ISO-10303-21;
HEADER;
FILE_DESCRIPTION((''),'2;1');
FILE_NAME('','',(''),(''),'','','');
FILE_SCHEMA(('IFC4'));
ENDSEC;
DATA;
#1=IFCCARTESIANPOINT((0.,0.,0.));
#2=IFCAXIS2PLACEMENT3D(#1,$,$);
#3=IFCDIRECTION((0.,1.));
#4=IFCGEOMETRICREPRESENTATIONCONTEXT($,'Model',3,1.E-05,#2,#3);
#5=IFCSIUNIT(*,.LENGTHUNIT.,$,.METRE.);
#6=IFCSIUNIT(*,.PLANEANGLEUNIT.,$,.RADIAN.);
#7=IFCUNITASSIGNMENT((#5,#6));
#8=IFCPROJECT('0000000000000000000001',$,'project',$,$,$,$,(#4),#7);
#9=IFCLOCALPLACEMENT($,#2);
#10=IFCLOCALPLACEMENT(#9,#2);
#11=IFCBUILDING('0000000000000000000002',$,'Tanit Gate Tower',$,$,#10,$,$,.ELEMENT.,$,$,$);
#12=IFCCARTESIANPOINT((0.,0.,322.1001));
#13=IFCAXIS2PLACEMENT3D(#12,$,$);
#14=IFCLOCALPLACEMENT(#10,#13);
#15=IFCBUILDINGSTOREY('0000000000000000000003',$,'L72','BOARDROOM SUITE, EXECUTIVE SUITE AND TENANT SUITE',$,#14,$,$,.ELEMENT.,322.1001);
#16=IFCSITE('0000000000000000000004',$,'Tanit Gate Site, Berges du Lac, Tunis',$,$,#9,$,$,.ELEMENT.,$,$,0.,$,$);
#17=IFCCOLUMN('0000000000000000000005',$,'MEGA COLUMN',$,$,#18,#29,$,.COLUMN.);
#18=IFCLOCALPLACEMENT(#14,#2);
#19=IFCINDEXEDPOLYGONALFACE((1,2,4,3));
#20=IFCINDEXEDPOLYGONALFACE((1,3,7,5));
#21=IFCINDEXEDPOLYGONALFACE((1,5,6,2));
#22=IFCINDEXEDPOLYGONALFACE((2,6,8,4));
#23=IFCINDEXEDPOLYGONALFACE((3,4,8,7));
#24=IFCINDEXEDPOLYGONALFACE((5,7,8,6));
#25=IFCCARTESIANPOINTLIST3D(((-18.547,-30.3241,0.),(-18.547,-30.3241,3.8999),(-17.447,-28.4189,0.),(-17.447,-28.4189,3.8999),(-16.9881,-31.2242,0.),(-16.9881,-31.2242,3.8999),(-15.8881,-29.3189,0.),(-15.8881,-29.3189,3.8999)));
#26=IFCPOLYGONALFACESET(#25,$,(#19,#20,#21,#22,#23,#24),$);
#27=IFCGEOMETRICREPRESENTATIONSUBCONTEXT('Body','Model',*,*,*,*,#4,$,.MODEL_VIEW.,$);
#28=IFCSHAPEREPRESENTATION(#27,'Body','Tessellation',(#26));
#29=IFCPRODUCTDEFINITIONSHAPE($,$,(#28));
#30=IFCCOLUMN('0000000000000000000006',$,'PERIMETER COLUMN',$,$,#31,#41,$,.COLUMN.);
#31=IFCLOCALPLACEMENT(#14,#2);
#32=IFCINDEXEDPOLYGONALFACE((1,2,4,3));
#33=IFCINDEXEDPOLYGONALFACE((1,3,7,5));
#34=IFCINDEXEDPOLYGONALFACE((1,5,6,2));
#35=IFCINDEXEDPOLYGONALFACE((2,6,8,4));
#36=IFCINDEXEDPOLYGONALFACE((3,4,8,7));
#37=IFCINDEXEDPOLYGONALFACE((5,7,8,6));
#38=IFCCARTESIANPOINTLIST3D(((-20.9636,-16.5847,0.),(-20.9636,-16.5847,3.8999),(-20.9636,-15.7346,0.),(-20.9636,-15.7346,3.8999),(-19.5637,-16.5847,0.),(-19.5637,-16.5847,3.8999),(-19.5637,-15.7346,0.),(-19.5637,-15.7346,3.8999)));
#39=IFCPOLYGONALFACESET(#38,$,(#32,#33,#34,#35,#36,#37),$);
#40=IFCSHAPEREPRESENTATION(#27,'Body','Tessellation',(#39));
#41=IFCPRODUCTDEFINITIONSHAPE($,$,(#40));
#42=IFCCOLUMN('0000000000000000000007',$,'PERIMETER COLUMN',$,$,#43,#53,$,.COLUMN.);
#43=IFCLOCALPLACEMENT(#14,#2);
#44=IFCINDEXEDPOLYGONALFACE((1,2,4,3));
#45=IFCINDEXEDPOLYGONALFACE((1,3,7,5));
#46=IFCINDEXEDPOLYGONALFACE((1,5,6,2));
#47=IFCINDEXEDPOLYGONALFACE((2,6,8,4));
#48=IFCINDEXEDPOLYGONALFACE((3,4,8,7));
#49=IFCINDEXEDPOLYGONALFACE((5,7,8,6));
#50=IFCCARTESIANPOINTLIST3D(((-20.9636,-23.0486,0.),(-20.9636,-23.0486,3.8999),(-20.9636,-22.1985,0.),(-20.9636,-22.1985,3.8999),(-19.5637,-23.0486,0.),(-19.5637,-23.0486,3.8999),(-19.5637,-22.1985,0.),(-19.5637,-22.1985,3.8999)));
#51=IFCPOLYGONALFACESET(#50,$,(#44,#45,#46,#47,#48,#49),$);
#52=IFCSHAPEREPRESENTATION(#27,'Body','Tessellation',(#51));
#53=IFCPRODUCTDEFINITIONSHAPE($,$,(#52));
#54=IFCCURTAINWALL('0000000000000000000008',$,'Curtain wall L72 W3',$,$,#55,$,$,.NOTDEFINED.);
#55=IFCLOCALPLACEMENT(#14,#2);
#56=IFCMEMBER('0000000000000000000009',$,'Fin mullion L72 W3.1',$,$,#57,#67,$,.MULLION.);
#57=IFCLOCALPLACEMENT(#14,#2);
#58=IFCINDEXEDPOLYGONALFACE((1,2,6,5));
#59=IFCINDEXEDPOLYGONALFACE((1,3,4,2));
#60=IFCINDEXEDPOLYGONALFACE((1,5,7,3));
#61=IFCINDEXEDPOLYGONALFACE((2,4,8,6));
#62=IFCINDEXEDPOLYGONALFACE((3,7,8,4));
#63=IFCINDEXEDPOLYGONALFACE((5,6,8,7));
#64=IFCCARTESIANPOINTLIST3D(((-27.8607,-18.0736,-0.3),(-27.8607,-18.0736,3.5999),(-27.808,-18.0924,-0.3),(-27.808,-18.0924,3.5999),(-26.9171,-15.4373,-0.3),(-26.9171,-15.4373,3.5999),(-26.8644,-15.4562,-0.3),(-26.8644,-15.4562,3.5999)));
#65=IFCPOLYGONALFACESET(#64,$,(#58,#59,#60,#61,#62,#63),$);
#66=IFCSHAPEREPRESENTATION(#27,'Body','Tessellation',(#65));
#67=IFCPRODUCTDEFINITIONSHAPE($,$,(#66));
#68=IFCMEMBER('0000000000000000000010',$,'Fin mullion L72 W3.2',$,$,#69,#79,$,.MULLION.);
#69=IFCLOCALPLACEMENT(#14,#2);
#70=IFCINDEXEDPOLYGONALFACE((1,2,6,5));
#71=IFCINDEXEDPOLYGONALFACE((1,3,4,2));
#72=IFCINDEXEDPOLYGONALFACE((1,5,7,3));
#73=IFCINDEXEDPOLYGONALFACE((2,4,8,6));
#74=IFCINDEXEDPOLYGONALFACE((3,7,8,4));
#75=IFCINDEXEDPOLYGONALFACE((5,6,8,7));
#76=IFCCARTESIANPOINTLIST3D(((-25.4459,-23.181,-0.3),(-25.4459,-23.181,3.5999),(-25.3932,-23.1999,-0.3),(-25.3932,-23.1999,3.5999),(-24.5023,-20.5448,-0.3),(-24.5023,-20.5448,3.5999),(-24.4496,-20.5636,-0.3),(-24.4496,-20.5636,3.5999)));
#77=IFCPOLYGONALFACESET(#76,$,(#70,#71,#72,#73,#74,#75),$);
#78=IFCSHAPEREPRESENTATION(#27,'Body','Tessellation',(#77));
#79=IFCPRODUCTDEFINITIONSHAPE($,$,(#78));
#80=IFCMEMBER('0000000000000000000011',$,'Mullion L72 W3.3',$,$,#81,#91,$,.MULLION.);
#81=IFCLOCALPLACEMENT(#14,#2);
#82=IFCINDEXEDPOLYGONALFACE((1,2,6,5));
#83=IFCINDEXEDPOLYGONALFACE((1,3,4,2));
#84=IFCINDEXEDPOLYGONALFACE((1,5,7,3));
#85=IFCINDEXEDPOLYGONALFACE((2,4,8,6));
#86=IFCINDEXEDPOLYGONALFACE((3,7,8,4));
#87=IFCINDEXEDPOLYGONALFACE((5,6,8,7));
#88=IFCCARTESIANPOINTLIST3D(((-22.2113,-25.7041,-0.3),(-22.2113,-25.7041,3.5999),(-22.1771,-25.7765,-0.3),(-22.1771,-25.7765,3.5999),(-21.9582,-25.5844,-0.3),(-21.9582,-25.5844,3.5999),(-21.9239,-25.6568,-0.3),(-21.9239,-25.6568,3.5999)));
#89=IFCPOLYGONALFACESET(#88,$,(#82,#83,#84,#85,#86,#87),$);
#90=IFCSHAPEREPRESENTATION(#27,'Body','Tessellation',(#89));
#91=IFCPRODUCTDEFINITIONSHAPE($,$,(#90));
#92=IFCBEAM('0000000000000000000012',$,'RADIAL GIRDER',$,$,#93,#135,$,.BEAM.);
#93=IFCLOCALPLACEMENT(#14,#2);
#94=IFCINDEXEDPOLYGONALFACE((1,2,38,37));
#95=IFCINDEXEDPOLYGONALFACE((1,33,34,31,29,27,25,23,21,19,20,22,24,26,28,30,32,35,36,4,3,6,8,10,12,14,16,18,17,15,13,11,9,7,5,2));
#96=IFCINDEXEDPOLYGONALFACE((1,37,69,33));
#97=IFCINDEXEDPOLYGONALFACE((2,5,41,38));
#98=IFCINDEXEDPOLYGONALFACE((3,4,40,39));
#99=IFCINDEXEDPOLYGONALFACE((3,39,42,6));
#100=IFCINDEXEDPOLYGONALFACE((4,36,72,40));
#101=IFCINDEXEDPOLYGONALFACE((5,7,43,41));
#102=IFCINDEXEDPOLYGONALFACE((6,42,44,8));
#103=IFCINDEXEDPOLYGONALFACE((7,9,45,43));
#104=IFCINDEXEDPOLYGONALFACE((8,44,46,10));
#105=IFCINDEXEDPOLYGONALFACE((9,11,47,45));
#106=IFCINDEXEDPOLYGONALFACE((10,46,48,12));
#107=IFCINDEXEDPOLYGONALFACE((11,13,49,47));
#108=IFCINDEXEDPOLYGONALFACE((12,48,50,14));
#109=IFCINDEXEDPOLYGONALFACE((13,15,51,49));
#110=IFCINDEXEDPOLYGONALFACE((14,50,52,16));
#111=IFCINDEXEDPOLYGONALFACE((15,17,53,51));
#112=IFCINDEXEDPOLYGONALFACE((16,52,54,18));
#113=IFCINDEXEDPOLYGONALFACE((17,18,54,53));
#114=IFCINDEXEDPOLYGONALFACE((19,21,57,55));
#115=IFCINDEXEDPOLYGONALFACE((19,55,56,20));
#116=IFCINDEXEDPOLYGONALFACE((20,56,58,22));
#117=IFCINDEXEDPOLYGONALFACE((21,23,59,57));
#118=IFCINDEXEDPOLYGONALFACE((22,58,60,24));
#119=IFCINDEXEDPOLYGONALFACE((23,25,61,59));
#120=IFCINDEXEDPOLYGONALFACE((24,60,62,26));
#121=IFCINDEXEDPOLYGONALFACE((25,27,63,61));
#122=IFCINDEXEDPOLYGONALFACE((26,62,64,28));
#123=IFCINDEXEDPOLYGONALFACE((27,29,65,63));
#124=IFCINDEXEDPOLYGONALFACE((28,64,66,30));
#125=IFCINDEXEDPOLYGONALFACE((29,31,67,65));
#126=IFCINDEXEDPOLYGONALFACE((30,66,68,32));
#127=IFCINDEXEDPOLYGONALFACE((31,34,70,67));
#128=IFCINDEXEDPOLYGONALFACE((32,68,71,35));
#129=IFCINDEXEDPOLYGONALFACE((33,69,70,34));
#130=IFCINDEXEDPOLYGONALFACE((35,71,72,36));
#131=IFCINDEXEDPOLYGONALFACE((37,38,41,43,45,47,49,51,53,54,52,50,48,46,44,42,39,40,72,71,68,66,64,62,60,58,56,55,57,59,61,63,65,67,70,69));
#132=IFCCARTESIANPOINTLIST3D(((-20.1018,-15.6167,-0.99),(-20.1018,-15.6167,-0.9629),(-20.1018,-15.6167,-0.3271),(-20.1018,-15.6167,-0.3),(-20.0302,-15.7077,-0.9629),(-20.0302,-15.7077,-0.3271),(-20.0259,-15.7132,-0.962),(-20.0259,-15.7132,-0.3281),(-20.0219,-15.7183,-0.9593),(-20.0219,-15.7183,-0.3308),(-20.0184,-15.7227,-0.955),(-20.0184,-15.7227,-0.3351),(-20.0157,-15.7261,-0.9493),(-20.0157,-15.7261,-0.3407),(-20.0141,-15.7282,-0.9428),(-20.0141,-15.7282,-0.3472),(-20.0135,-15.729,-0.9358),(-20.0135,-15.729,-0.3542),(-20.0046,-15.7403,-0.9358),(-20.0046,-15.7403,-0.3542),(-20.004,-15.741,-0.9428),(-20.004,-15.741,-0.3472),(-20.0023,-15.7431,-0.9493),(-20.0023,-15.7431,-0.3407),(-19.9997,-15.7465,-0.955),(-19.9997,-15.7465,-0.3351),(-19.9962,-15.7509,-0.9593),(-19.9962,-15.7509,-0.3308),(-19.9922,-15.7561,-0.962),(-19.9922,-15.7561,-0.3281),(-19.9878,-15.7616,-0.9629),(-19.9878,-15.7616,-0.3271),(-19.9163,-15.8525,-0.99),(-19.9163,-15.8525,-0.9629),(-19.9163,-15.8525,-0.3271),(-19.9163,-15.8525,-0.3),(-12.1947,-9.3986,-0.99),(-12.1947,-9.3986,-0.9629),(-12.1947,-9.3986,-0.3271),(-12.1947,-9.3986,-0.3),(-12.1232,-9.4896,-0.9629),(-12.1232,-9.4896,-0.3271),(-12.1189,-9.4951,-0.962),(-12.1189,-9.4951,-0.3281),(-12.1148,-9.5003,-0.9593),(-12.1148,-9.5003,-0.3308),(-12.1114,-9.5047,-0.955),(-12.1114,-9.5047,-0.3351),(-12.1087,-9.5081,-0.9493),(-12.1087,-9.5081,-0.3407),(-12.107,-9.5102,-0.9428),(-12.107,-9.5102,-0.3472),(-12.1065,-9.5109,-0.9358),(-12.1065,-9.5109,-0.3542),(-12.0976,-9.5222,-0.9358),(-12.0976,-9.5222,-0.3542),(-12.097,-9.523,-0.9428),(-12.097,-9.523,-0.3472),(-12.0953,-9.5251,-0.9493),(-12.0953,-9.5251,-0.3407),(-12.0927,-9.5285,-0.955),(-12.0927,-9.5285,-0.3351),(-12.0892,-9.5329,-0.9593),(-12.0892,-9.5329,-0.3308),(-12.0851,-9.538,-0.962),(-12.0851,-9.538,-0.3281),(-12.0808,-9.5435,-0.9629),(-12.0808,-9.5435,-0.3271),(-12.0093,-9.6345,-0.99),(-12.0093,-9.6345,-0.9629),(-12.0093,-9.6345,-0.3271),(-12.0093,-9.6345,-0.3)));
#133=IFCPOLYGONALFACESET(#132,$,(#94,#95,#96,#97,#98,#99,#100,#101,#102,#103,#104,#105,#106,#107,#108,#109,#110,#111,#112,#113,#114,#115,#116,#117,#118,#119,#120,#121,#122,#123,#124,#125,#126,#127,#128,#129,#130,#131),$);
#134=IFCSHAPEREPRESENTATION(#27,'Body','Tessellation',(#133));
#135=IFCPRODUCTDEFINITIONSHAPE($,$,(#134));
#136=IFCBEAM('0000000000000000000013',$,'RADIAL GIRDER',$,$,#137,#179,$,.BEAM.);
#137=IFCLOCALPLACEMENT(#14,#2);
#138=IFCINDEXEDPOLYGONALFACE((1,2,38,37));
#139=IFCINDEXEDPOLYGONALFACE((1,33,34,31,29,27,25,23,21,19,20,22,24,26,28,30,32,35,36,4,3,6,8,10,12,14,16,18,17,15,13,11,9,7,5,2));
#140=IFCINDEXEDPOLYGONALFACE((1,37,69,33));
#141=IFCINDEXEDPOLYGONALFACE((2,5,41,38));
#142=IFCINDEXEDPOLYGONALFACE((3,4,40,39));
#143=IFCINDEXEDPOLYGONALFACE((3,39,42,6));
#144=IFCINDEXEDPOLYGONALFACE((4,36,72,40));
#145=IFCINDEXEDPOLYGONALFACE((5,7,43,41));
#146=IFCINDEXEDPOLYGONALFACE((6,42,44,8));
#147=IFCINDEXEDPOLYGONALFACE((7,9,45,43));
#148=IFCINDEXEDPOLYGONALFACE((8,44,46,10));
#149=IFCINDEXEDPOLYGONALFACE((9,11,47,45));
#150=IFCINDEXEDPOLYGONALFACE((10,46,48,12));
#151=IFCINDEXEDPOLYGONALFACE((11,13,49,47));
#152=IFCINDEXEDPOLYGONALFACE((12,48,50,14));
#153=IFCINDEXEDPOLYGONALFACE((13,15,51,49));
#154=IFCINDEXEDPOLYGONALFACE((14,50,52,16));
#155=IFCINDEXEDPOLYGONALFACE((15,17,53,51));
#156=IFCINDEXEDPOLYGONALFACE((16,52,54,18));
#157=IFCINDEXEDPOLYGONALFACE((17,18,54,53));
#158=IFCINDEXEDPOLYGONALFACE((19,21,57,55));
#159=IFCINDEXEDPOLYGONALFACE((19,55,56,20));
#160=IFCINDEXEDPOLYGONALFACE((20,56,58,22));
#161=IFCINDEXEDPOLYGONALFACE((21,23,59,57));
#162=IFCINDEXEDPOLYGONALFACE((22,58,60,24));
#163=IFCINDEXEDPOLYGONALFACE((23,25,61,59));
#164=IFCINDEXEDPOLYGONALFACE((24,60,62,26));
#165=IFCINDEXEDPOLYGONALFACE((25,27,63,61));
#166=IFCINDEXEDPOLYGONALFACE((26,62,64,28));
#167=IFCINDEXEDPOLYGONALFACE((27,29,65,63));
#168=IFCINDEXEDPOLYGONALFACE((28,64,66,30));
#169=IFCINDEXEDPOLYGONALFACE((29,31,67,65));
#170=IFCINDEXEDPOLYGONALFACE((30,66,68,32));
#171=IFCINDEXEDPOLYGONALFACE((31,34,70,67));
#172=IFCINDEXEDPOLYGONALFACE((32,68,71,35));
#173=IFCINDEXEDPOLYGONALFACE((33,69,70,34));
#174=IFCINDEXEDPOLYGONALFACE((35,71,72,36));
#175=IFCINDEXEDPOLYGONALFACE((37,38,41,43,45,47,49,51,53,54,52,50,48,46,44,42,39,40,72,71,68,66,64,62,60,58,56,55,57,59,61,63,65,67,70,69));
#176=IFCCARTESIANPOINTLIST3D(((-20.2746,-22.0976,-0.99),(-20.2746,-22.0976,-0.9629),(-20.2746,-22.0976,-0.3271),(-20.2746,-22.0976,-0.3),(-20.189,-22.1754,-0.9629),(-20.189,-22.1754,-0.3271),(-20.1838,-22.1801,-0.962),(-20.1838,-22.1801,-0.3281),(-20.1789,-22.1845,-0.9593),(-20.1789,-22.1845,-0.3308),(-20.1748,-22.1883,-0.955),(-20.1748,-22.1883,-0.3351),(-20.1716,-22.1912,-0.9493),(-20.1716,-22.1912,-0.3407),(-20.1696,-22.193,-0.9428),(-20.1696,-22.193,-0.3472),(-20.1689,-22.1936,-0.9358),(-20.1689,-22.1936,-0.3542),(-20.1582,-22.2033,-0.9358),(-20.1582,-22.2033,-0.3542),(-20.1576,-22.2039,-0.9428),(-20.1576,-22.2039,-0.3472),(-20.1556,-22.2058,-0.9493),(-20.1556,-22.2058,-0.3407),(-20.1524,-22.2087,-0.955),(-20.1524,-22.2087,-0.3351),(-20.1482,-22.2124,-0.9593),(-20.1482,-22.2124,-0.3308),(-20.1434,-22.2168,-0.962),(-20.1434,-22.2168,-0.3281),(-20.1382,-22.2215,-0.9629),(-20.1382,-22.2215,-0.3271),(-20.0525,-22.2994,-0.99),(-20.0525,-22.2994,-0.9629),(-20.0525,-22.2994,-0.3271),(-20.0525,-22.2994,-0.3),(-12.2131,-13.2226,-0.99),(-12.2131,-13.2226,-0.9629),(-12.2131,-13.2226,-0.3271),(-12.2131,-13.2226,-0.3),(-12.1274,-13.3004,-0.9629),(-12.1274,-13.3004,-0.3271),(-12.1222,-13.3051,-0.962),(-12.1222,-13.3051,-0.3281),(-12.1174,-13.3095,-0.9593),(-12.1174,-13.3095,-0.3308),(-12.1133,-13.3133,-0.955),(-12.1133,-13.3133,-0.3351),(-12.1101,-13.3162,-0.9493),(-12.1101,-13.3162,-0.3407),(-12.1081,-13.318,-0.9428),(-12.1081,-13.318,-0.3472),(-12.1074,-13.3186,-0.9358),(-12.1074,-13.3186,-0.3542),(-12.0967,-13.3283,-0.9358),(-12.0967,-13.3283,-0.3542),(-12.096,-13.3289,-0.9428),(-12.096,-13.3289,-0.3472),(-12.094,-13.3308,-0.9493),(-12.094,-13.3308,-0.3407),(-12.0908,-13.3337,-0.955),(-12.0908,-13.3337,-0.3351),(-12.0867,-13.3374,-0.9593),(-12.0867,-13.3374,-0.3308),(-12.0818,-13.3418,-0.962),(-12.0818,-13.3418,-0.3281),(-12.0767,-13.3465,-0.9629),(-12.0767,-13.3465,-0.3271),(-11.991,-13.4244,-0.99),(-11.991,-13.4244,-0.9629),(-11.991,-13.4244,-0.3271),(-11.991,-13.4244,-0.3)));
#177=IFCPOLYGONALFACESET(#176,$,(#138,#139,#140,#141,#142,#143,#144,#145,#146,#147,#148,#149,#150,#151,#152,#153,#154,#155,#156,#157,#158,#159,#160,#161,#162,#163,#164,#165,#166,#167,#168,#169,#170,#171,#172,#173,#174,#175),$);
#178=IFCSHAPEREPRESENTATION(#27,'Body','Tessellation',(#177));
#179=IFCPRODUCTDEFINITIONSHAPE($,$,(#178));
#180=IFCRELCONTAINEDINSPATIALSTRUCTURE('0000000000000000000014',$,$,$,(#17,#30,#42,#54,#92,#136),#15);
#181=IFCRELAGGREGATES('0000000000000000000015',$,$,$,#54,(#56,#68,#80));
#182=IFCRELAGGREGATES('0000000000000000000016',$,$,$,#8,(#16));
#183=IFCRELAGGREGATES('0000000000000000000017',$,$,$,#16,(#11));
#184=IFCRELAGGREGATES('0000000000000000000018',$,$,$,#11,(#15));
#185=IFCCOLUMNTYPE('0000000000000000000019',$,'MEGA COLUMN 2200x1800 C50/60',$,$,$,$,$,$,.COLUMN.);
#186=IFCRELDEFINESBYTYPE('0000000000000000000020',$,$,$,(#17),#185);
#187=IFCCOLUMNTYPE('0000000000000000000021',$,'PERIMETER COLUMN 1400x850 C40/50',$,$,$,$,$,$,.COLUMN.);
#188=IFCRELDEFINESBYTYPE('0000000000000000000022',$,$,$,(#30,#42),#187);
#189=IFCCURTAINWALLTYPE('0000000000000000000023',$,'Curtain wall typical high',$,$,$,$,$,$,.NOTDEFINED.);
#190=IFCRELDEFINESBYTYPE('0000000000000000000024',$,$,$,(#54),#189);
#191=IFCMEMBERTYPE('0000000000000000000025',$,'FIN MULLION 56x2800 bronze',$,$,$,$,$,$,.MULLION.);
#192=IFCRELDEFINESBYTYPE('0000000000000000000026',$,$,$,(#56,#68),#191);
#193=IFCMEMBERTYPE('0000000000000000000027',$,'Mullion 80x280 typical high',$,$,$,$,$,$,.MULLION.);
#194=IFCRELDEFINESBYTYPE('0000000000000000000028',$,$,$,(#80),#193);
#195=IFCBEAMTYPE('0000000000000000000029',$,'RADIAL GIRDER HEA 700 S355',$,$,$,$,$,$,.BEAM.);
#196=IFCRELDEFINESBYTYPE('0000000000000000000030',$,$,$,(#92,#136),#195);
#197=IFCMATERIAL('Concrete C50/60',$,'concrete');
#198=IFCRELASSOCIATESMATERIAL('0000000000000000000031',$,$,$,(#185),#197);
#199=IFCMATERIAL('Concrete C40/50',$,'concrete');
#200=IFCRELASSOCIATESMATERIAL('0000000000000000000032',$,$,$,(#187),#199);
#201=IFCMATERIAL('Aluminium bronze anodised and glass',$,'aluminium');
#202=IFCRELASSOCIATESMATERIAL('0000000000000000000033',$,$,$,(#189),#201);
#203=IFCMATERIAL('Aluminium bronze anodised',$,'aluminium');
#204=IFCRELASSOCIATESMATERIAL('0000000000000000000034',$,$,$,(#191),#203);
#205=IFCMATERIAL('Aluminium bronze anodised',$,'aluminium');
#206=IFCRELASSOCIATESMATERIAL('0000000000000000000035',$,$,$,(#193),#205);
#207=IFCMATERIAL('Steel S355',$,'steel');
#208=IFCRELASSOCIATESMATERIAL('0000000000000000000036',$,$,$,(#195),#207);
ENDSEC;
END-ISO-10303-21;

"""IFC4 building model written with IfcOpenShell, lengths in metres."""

from ifc_helpers import new_model, si_unit, direction, frame, origin, origin_2d, place, context, subcontext, project, spatial, rectangle, i_section, extrude, material, material_profile, profile_set, type_object, element, aggregate, save


model = new_model("IFC4")

# Units and contexts
model_context = context("Model", 3, precision=1e-05, world=origin(), true_north=direction((0.0, 1.0)))
body_context = subcontext(model_context, "Body", "Model", "MODEL_VIEW")
ifc_project = project(units=[si_unit("LENGTHUNIT", "METRE"), si_unit("PLANEANGLEUNIT", "RADIAN")], contexts=[model_context])

# Site, building, storey
site_placement = place(None, origin())
site = spatial("IfcSite", under=ifc_project, at=site_placement, Name="Tanit Gate Site, Berges du Lac, Tunis", CompositionType="ELEMENT", RefElevation=0.0)
building_placement = place(site_placement, origin())
building = spatial("IfcBuilding", under=site, at=building_placement, Name="Tanit Gate Tower", CompositionType="ELEMENT")
storey_placement = place(building_placement, frame((0.0, 0.0, 322.1001)))
storey = spatial("IfcBuildingStorey", under=building, at=storey_placement, Name="L72", Description="BOARDROOM SUITE, EXECUTIVE SUITE AND TENANT SUITE", CompositionType="ELEMENT", Elevation=322.1001)

# Columns
ifc_material_1 = material(Name="Concrete C50/60", Category="concrete")
ifc_material_profile_1 = material_profile(ifc_material_1, rectangle(XDim=2.2, YDim=1.8, at=origin_2d()), Name="RC 2200x1800")
ifc_profile_set_1 = profile_set([ifc_material_profile_1], Name="Concrete C50/60")
column_type_1 = type_object("IfcColumnType", Name="MEGA COLUMN 2200x1800 C50/60", PredefinedType="COLUMN", material=ifc_profile_set_1)
column_placement = place(storey_placement, frame((-17.2175, -29.8215, 0.0), z_axis=(0.0, 0.0, 1.0), x_axis=(-0.5, -0.866025, 0.0)))
element("IfcColumn", 1, at=column_placement, inside=storey, type_object=column_type_1, Name="MEGA COLUMN", PredefinedType="COLUMN", context=body_context, shape_type="SweptSolid", body=[
    extrude(rectangle(XDim=2.2, YDim=1.8, at=origin_2d()), origin(), (0.0, 0.0, 1.0), 3.8999),
])
ifc_material_2 = material(Name="Concrete C40/50", Category="concrete")
ifc_material_profile_2 = material_profile(ifc_material_2, rectangle(XDim=1.3999, YDim=0.8501, at=origin_2d()), Name="RC 1400x850")
ifc_profile_set_2 = profile_set([ifc_material_profile_2], Name="Concrete C40/50")
column_type_2 = type_object("IfcColumnType", Name="PERIMETER COLUMN 1400x850 C40/50", PredefinedType="COLUMN", material=ifc_profile_set_2)
for number, where, z_axis, x_axis, name in (
    (2, (-20.2637, -16.1597, 0.0), (0.0, 0.0, 1.0), (-1.0, 0.0, 0.0), "PERIMETER COLUMN"),
    (3, (-20.2637, -22.6235, 0.0), (0.0, 0.0, 1.0), (-1.0, 0.0, 0.0), "PERIMETER COLUMN"),
):
    element("IfcColumn", number, at=place(storey_placement, frame(where, z_axis=z_axis, x_axis=x_axis)), inside=storey, type_object=column_type_2, Name=name, PredefinedType="COLUMN", context=body_context, shape_type="SweptSolid", body=[
        extrude(rectangle(XDim=1.3999, YDim=0.8501, at=origin_2d()), origin(), (0.0, 0.0, 1.0), 3.8999),
    ])

# Curtain wall, members
ifc_material_3 = material(Name="Aluminium bronze anodised and glass", Category="aluminium")
curtain_wall_type = type_object("IfcCurtainWallType", Name="Curtain wall typical high", PredefinedType="NOTDEFINED", material=ifc_material_3)
curtain_wall_placement = place(storey_placement, origin())
curtain_wall = element("IfcCurtainWall", 4, at=curtain_wall_placement, inside=storey, type_object=curtain_wall_type, Name="Curtain wall L72 W3", PredefinedType="NOTDEFINED")
ifc_material_4 = material(Name="Aluminium bronze anodised", Category="aluminium")
ifc_material_profile_3 = material_profile(ifc_material_4, rectangle(XDim=2.8, YDim=0.0559, at=origin_2d()), Name="56x2800 bronze fin mullion")
ifc_profile_set_3 = profile_set([ifc_material_profile_3], Name="Aluminium bronze anodised")
member_type_1 = type_object("IfcMemberType", Name="FIN MULLION 56x2800 bronze", PredefinedType="MULLION", material=ifc_profile_set_3)
member_1_placement = place(storey_placement, frame((-27.3625, -16.7649, -0.3), z_axis=(0.0, 0.0, 1.0), x_axis=(0.336993, 0.941507, 0.0)))
member_1 = element("IfcMember", 5, at=member_1_placement, type_object=member_type_1, Name="Fin mullion L72 W3.1", PredefinedType="MULLION", context=body_context, shape_type="SweptSolid", body=[
    extrude(rectangle(XDim=2.8, YDim=0.0559, at=origin_2d()), origin(), (0.0, 0.0, 1.0), 3.8999),
])
member_2_placement = place(storey_placement, frame((-24.9478, -21.8723, -0.3), z_axis=(0.0, 0.0, 1.0), x_axis=(0.336993, 0.941507, 0.0)))
member_2 = element("IfcMember", 6, at=member_2_placement, type_object=member_type_1, Name="Fin mullion L72 W3.2", PredefinedType="MULLION", context=body_context, shape_type="SweptSolid", body=[
    extrude(rectangle(XDim=2.8, YDim=0.0559, at=origin_2d()), origin(), (0.0, 0.0, 1.0), 3.8999),
])
ifc_material_5 = material(Name="Aluminium bronze anodised", Category="aluminium")
ifc_material_profile_4 = material_profile(ifc_material_5, rectangle(XDim=0.28, YDim=0.0801, at=origin_2d()), Name="80x280 bronze mullion")
ifc_profile_set_4 = profile_set([ifc_material_profile_4], Name="Aluminium bronze anodised")
member_type_2 = type_object("IfcMemberType", Name="Mullion 80x280 typical high", PredefinedType="MULLION", material=ifc_profile_set_4)
member_3_placement = place(storey_placement, frame((-22.0676, -25.6804, -0.3), z_axis=(0.0, 0.0, 1.0), x_axis=(0.904036, 0.427456, 0.0)))
member_3 = element("IfcMember", 7, at=member_3_placement, type_object=member_type_2, Name="Mullion L72 W3.3", PredefinedType="MULLION", context=body_context, shape_type="SweptSolid", body=[
    extrude(rectangle(XDim=0.28, YDim=0.0801, at=origin_2d()), origin(), (0.0, 0.0, 1.0), 3.8999),
])

# Beams
ifc_material_6 = material(Name="Steel S355", Category="steel")
ifc_material_profile_5 = material_profile(ifc_material_6, i_section(OverallWidth=0.3, OverallDepth=0.6899, WebThickness=0.0144, FlangeThickness=0.0271, FilletRadius=0.0271, at=origin_2d()), Name="HEA 700")
ifc_profile_set_5 = profile_set([ifc_material_profile_5], Name="Steel S355")
beam_type_1 = type_object("IfcBeamType", Name="RADIAL GIRDER HEA 700 S355", PredefinedType="BEAM", material=ifc_profile_set_5)
beam_1_placement = place(storey_placement, frame((-20.009, -15.7346, -0.645), z_axis=(0.786058, 0.618153, 0.0), x_axis=(-0.618153, 0.786058, 0.0)))
element("IfcBeam", 8, at=beam_1_placement, inside=storey, type_object=beam_type_1, Name="RADIAL GIRDER", PredefinedType="BEAM", context=body_context, shape_type="SweptSolid", body=[
    extrude(i_section(OverallWidth=0.3, OverallDepth=0.6899, WebThickness=0.0144, FlangeThickness=0.0271, FilletRadius=0.0271, at=origin_2d()), origin(), (0.0, 0.0, 1.0), 10.0591),
])
beam_2_placement = place(storey_placement, frame((-20.1636, -22.1985, -0.645), z_axis=(0.672369, 0.740216, 0.0), x_axis=(-0.740216, 0.672369, 0.0)))
element("IfcBeam", 9, at=beam_2_placement, inside=storey, type_object=beam_type_1, Name="RADIAL GIRDER", PredefinedType="BEAM", context=body_context, shape_type="SweptSolid", body=[
    extrude(i_section(OverallWidth=0.3, OverallDepth=0.6899, WebThickness=0.0144, FlangeThickness=0.0271, FilletRadius=0.0271, at=origin_2d()), origin(), (0.0, 0.0, 1.0), 11.9897),
])

aggregate(curtain_wall, [member_1, member_2, member_3])

save(model, "model.ifc")
